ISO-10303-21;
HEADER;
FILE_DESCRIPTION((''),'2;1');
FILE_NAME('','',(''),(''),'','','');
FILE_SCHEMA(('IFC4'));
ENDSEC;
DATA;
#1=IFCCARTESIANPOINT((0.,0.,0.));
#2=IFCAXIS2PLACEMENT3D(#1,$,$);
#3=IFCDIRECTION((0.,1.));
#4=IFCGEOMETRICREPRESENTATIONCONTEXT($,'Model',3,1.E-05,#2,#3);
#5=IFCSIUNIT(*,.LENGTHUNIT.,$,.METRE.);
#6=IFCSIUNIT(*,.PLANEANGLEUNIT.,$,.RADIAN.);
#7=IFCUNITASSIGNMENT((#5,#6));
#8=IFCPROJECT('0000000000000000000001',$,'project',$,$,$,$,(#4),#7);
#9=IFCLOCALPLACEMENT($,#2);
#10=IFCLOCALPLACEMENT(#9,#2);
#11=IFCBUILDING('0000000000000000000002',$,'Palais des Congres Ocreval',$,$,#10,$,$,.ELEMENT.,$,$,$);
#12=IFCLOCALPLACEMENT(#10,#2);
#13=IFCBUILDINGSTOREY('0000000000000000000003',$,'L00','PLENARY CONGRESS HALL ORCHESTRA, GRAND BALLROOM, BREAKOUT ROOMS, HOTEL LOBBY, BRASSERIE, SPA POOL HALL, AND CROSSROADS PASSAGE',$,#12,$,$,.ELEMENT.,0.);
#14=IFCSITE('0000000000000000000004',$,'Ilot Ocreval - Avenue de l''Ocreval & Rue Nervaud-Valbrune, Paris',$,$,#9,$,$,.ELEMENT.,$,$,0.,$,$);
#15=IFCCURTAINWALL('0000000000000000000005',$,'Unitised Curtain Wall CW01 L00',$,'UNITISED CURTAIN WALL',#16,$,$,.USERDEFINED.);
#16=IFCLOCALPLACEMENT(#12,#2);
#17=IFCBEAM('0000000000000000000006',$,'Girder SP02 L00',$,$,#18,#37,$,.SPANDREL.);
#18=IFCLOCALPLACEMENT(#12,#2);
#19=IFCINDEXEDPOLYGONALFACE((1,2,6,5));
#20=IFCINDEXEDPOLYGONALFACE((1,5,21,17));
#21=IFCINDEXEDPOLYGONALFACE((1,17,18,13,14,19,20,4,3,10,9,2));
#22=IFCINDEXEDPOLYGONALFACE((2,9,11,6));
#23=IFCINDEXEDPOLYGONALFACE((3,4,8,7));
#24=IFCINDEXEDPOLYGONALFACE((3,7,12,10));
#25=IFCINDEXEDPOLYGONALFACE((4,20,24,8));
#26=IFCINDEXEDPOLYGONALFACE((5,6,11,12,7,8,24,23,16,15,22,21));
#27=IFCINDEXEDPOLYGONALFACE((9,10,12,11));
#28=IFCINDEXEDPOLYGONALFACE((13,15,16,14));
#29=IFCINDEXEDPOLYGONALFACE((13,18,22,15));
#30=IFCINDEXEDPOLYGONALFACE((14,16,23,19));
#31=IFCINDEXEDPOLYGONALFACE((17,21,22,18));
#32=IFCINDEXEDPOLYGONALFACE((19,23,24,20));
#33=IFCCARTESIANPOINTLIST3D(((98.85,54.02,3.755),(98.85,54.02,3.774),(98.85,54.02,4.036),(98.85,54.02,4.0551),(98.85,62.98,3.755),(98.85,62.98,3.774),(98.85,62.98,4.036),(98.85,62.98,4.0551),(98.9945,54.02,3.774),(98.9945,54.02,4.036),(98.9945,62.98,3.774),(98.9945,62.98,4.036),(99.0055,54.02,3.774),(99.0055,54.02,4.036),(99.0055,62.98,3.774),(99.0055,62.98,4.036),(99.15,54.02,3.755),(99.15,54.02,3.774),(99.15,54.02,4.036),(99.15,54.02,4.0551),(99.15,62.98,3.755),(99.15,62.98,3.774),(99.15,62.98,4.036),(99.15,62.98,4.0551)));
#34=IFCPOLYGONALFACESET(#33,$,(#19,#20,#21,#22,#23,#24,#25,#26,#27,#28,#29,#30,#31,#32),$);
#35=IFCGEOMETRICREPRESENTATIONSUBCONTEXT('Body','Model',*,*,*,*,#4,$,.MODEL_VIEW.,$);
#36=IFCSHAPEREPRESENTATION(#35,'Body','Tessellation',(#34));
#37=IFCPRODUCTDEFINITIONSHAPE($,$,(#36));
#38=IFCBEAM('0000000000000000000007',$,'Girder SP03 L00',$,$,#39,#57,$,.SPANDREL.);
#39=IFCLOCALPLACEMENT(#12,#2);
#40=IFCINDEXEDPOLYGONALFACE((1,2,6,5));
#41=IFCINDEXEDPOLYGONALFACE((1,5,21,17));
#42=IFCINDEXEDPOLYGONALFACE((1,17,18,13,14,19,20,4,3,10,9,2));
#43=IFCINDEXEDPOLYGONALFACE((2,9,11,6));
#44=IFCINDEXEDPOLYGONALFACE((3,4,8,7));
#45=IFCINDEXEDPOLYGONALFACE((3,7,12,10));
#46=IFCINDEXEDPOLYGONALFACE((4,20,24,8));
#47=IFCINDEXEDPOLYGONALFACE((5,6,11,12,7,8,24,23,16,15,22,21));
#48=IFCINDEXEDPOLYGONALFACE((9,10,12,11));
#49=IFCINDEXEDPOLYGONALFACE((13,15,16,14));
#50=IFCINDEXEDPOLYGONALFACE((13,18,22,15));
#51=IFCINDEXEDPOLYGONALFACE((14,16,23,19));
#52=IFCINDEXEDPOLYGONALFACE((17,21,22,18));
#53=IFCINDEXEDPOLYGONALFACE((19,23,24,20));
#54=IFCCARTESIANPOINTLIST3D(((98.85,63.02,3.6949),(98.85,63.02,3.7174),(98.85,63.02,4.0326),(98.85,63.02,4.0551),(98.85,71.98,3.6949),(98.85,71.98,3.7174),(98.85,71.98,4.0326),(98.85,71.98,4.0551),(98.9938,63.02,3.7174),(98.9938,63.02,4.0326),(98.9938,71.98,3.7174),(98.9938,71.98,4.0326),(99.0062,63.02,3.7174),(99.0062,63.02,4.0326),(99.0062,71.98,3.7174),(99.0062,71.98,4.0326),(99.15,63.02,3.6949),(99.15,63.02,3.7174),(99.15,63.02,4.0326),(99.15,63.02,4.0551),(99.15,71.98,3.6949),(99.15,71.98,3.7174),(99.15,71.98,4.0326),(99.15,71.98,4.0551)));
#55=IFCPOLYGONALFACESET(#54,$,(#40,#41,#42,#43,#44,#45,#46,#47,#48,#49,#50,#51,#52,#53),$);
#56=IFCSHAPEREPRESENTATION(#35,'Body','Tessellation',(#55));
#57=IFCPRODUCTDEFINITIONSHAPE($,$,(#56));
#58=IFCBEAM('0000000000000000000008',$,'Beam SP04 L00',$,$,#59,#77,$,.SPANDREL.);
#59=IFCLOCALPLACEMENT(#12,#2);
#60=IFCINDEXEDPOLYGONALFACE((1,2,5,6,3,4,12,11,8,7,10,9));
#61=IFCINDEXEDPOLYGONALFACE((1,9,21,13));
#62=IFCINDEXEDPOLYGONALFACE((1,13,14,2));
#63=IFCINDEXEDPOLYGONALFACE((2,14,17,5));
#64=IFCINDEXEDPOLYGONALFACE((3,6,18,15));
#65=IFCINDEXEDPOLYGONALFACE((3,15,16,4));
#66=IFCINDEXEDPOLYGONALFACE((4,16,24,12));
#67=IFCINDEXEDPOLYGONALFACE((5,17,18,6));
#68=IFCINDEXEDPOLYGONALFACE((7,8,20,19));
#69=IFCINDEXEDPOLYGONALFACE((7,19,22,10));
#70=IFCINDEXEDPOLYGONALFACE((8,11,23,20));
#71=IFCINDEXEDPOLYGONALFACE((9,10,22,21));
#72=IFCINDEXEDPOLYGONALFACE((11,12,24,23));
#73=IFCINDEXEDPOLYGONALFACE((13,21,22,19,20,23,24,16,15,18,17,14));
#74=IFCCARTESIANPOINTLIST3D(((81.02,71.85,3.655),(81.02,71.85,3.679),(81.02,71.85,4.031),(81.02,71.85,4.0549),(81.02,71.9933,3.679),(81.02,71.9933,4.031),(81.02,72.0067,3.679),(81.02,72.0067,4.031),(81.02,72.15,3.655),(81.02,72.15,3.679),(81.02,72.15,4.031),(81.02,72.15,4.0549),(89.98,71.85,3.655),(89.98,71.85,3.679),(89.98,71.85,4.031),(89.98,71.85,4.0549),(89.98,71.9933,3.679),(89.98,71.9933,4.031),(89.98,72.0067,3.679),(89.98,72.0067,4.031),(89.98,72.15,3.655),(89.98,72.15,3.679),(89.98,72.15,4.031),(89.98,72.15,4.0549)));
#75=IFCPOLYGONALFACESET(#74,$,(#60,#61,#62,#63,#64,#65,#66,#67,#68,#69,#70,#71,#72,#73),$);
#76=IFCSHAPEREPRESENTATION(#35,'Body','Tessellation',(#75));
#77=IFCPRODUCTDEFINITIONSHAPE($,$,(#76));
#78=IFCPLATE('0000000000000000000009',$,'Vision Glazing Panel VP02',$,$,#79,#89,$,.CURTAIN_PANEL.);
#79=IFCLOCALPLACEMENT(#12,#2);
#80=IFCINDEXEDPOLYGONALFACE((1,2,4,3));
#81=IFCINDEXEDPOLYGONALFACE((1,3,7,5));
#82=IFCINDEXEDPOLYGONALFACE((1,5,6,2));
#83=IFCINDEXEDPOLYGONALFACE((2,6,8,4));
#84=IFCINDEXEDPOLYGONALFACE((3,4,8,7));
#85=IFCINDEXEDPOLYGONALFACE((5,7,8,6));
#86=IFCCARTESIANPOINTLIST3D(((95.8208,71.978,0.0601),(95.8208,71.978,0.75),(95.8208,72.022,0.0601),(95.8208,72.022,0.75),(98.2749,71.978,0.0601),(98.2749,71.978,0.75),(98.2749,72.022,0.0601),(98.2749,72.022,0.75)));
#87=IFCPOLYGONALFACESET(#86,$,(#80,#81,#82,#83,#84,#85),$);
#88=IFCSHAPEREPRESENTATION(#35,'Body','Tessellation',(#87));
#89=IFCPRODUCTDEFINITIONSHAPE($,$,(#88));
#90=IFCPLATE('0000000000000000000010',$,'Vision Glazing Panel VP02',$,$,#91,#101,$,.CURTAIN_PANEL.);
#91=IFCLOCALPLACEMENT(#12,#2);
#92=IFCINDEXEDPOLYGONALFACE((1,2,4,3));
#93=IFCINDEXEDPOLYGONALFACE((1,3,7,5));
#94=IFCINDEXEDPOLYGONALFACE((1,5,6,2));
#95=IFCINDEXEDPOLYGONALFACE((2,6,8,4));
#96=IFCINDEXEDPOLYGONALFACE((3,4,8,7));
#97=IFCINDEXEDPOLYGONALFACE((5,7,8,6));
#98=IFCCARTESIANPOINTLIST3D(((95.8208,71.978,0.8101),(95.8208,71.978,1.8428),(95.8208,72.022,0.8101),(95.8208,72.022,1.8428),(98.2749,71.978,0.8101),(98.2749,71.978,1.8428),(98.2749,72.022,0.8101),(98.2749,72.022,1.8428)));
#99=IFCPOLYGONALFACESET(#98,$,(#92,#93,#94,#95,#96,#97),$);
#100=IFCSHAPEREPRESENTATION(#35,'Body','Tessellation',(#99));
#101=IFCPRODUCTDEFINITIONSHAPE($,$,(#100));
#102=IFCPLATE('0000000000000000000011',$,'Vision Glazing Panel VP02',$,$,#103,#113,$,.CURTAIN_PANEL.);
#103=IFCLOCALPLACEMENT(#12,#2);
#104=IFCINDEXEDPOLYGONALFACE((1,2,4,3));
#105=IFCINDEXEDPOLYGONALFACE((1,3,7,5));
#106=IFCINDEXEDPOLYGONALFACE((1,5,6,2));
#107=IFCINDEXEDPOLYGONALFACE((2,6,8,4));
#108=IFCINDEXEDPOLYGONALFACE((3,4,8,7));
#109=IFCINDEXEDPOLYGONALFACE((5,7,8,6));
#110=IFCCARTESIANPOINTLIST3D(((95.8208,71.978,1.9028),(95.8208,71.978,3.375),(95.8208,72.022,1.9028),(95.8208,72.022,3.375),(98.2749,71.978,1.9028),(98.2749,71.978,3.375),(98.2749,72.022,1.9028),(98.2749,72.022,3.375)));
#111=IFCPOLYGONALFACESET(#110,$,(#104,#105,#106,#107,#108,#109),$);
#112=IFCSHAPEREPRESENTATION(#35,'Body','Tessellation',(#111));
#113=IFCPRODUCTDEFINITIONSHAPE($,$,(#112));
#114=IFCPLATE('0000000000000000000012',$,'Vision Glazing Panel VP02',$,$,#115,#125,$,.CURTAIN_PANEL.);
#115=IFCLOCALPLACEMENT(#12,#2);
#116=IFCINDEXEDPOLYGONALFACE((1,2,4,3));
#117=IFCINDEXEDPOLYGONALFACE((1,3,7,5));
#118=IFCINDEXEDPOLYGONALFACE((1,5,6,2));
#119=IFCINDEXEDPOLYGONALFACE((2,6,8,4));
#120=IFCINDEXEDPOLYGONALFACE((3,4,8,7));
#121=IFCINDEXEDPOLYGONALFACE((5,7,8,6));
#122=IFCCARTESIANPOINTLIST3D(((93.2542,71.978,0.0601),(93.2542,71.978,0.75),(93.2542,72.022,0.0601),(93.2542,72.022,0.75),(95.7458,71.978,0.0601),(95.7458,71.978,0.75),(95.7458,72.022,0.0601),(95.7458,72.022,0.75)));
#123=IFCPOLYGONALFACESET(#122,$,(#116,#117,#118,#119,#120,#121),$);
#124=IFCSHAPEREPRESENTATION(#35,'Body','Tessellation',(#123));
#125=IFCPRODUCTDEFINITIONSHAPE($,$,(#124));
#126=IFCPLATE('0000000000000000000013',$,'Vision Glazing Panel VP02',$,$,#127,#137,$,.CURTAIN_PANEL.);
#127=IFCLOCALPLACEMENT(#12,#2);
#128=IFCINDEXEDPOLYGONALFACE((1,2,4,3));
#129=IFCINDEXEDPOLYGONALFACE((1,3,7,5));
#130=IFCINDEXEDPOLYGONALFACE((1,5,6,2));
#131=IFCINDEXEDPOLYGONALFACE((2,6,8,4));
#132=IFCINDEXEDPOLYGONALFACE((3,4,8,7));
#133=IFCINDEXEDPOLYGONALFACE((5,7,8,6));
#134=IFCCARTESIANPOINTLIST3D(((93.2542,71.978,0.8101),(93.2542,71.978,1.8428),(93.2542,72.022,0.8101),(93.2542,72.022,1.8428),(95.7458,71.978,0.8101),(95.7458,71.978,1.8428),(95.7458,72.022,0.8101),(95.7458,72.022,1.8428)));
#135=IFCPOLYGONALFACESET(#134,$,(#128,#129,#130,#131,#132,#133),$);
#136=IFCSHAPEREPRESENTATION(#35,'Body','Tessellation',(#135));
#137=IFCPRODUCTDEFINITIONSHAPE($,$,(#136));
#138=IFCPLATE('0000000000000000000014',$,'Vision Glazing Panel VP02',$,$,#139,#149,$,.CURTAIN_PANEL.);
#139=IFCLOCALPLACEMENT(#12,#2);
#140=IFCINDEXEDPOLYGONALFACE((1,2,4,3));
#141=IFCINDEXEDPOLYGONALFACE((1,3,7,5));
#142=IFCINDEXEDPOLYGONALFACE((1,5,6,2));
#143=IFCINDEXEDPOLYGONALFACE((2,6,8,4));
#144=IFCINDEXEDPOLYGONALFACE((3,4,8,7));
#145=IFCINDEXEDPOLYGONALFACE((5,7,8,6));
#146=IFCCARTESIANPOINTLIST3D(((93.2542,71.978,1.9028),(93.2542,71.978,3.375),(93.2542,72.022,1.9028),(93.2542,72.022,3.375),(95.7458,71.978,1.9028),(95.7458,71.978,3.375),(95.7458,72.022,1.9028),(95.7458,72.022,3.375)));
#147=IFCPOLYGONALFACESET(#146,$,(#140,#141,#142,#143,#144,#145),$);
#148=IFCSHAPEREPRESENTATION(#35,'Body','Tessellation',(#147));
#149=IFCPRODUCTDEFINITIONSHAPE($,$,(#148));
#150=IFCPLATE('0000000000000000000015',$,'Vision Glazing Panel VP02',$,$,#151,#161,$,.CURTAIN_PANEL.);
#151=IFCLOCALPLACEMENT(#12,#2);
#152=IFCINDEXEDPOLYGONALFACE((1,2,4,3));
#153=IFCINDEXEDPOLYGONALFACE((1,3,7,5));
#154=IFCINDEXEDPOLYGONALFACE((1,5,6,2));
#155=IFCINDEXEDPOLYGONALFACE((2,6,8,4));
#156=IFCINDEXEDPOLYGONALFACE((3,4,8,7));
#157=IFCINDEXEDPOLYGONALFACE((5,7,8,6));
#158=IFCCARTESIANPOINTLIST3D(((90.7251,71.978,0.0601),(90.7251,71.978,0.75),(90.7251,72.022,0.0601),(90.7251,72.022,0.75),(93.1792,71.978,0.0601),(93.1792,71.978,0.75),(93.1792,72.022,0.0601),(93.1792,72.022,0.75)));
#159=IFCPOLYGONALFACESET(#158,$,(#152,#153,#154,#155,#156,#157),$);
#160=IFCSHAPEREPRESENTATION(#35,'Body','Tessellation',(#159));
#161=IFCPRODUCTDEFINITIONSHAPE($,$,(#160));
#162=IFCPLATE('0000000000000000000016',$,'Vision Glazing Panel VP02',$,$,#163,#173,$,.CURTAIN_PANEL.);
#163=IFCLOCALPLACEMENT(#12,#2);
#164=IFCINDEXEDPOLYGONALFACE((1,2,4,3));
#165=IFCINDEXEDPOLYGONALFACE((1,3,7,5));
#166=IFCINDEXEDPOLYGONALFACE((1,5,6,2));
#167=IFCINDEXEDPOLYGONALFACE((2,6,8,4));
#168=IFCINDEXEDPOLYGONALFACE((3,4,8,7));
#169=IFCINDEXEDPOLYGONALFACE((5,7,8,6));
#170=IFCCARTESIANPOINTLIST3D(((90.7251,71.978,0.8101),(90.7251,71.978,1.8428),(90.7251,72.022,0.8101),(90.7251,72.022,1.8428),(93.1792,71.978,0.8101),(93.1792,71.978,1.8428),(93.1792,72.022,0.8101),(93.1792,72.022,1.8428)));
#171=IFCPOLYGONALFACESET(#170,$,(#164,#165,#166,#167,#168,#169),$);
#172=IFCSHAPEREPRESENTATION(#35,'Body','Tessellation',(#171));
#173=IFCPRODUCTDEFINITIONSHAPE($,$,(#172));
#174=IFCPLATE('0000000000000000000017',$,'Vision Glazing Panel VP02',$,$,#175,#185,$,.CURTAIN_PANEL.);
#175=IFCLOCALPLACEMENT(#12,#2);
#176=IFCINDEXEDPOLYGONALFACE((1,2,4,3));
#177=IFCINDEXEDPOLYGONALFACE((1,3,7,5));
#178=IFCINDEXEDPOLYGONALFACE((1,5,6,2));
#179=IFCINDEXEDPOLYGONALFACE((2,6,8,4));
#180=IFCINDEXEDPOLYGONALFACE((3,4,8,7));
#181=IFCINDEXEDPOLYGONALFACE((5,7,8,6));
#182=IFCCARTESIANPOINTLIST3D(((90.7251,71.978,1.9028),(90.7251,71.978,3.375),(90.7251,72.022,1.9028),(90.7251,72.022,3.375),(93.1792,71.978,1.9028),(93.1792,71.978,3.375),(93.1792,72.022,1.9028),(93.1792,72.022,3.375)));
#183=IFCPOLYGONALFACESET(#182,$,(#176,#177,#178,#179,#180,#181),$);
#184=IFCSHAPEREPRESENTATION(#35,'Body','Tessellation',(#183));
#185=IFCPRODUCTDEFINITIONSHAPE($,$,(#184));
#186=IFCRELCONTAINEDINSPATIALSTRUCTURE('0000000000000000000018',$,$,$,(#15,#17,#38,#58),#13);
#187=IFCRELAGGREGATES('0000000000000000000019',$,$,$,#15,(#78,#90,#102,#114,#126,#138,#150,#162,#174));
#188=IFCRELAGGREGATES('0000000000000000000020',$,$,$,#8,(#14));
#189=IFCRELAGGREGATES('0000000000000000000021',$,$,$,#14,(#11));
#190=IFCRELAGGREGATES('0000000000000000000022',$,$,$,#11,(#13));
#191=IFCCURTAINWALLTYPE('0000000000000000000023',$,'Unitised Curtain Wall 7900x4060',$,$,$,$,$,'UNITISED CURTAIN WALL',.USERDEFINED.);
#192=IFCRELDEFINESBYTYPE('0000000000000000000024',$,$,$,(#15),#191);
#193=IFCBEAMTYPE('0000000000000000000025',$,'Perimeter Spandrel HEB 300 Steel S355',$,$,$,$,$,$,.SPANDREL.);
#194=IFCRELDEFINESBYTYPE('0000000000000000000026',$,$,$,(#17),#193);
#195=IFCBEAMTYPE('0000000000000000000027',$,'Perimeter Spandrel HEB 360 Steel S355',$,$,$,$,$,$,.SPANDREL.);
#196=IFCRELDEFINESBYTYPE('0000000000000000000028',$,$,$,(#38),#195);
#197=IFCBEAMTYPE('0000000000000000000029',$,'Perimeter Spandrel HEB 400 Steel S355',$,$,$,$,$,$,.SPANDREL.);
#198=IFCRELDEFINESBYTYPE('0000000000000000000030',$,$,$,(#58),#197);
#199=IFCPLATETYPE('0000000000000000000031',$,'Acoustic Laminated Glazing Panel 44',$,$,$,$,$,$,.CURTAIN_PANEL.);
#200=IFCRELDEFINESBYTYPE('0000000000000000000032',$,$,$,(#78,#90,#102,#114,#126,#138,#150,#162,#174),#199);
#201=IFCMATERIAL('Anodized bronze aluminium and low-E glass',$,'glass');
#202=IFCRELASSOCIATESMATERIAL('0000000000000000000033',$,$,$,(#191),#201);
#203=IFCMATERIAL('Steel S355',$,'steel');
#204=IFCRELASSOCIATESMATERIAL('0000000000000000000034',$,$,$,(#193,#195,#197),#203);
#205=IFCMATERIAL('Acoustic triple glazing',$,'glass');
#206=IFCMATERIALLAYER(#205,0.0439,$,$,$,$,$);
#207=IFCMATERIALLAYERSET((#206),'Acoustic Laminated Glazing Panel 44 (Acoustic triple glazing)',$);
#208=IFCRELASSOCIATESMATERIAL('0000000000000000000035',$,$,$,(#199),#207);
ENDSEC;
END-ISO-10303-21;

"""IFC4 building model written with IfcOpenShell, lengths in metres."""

from ifc_helpers import new_model, si_unit, direction, frame, origin, origin_2d, place, context, subcontext, project, spatial, rectangle, i_section, extrude, material, layer, layer_set, material_profile, profile_set, type_object, element, aggregate, save


model = new_model("IFC4")

# Units and contexts
model_context = context("Model", 3, precision=1e-05, world=origin(), true_north=direction((0.0, 1.0)))
body_context = subcontext(model_context, "Body", "Model", "MODEL_VIEW")
ifc_project = project(units=[si_unit("LENGTHUNIT", "METRE"), si_unit("PLANEANGLEUNIT", "RADIAN")], contexts=[model_context])

# Site, building, storey
site_placement = place(None, origin())
site = spatial("IfcSite", under=ifc_project, at=site_placement, Name="Ilot Ocreval - Avenue de l'Ocreval & Rue Nervaud-Valbrune, Paris", CompositionType="ELEMENT", RefElevation=0.0)
building_placement = place(site_placement, origin())
building = spatial("IfcBuilding", under=site, at=building_placement, Name="Palais des Congres Ocreval", CompositionType="ELEMENT")
storey_placement = place(building_placement, origin())
storey = spatial("IfcBuildingStorey", under=building, at=storey_placement, Name="L00", Description="PLENARY CONGRESS HALL ORCHESTRA, GRAND BALLROOM, BREAKOUT ROOMS, HOTEL LOBBY, BRASSERIE, SPA POOL HALL, AND CROSSROADS PASSAGE", CompositionType="ELEMENT", Elevation=0.0)

# Shared definitions
ifc_material_1 = material(Name="Steel S355", Category="steel")

# Curtain wall
ifc_material_2 = material(Name="Anodized bronze aluminium and low-E glass", Category="glass")
curtain_wall_type = type_object("IfcCurtainWallType", Name="Unitised Curtain Wall 7900x4060", ElementType="UNITISED CURTAIN WALL", PredefinedType="USERDEFINED", material=ifc_material_2)
curtain_wall_placement = place(storey_placement, origin())
curtain_wall = element("IfcCurtainWall", 1, at=curtain_wall_placement, inside=storey, type_object=curtain_wall_type, Name="Unitised Curtain Wall CW01 L00", ObjectType="UNITISED CURTAIN WALL", PredefinedType="USERDEFINED")

# Beams
ifc_material_profile_1 = material_profile(ifc_material_1, i_section(OverallWidth=0.3, OverallDepth=0.3, WebThickness=0.011, FlangeThickness=0.019, at=origin_2d()), Name="HEB 300")
ifc_profile_set_1 = profile_set([ifc_material_profile_1], Name="Steel S355")
beam_type_1 = type_object("IfcBeamType", Name="Perimeter Spandrel HEB 300 Steel S355", PredefinedType="SPANDREL", material=ifc_profile_set_1)
beam_1_placement = place(storey_placement, frame((99.0, 54.02, 3.905), z_axis=(0.0, 1.0, 0.0), x_axis=(-1.0, 0.0, 0.0)))
element("IfcBeam", 2, at=beam_1_placement, inside=storey, type_object=beam_type_1, Name="Girder SP02 L00", PredefinedType="SPANDREL", context=body_context, shape_type="SweptSolid", body=[
    extrude(i_section(OverallWidth=0.3, OverallDepth=0.3, WebThickness=0.011, FlangeThickness=0.019, at=origin_2d()), origin(), (0.0, 0.0, 1.0), 8.96),
])
ifc_material_profile_2 = material_profile(ifc_material_1, i_section(OverallWidth=0.3, OverallDepth=0.3601, WebThickness=0.0125, FlangeThickness=0.0225, at=origin_2d()), Name="HEB 360")
ifc_profile_set_2 = profile_set([ifc_material_profile_2], Name="Steel S355")
beam_type_2 = type_object("IfcBeamType", Name="Perimeter Spandrel HEB 360 Steel S355", PredefinedType="SPANDREL", material=ifc_profile_set_2)
beam_2_placement = place(storey_placement, frame((99.0, 63.02, 3.875), z_axis=(0.0, 1.0, 0.0), x_axis=(-1.0, 0.0, 0.0)))
element("IfcBeam", 3, at=beam_2_placement, inside=storey, type_object=beam_type_2, Name="Girder SP03 L00", PredefinedType="SPANDREL", context=body_context, shape_type="SweptSolid", body=[
    extrude(i_section(OverallWidth=0.3, OverallDepth=0.3601, WebThickness=0.0125, FlangeThickness=0.0225, at=origin_2d()), origin(), (0.0, 0.0, 1.0), 8.96),
])
ifc_material_profile_3 = material_profile(ifc_material_1, i_section(OverallWidth=0.3, OverallDepth=0.3999, WebThickness=0.0134, FlangeThickness=0.0239, at=origin_2d()), Name="HEB 400")
ifc_profile_set_3 = profile_set([ifc_material_profile_3], Name="Steel S355")
beam_type_3 = type_object("IfcBeamType", Name="Perimeter Spandrel HEB 400 Steel S355", PredefinedType="SPANDREL", material=ifc_profile_set_3)
beam_3_placement = place(storey_placement, frame((81.02, 72.0, 3.855), z_axis=(1.0, 0.0, 0.0), x_axis=(0.0, 1.0, 0.0)))
element("IfcBeam", 4, at=beam_3_placement, inside=storey, type_object=beam_type_3, Name="Beam SP04 L00", PredefinedType="SPANDREL", context=body_context, shape_type="SweptSolid", body=[
    extrude(i_section(OverallWidth=0.3, OverallDepth=0.3999, WebThickness=0.0134, FlangeThickness=0.0239, at=origin_2d()), origin(), (0.0, 0.0, 1.0), 8.96),
])

# Plates
ifc_material_3 = material(Name="Acoustic triple glazing", Category="glass")
ifc_layer_1 = layer(ifc_material_3, 0.0439)
ifc_layer_set_1 = layer_set([ifc_layer_1], Name="Acoustic Laminated Glazing Panel 44 (Acoustic triple glazing)")
plate_type_1 = type_object("IfcPlateType", Name="Acoustic Laminated Glazing Panel 44", PredefinedType="CURTAIN_PANEL", material=ifc_layer_set_1)
plate_1_placement = place(storey_placement, frame((97.0479, 72.0, 0.0601), z_axis=(0.0, 0.0, 1.0), x_axis=(-1.0, 0.0, 0.0)))
plate_1 = element("IfcPlate", 5, at=plate_1_placement, type_object=plate_type_1, Name="Vision Glazing Panel VP02", PredefinedType="CURTAIN_PANEL", context=body_context, shape_type="SweptSolid", body=[
    extrude(rectangle(XDim=2.4541, YDim=0.0439, at=origin_2d()), origin(), (0.0, 0.0, 1.0), 0.6899),
])
plate_2_placement = place(storey_placement, frame((97.0479, 72.0, 0.8101), z_axis=(0.0, 0.0, 1.0), x_axis=(-1.0, 0.0, 0.0)))
plate_2 = element("IfcPlate", 6, at=plate_2_placement, type_object=plate_type_1, Name="Vision Glazing Panel VP02", PredefinedType="CURTAIN_PANEL", context=body_context, shape_type="SweptSolid", body=[
    extrude(rectangle(XDim=2.4541, YDim=0.0439, at=origin_2d()), origin(), (0.0, 0.0, 1.0), 1.0327),
])
plate_3_placement = place(storey_placement, frame((97.0479, 72.0, 1.9028), z_axis=(0.0, 0.0, 1.0), x_axis=(-1.0, 0.0, 0.0)))
plate_3 = element("IfcPlate", 7, at=plate_3_placement, type_object=plate_type_1, Name="Vision Glazing Panel VP02", PredefinedType="CURTAIN_PANEL", context=body_context, shape_type="SweptSolid", body=[
    extrude(rectangle(XDim=2.4541, YDim=0.0439, at=origin_2d()), origin(), (0.0, 0.0, 1.0), 1.4722),
])
plate_4_placement = place(storey_placement, frame((94.5, 72.0, 0.0601), z_axis=(0.0, 0.0, 1.0), x_axis=(-1.0, 0.0, 0.0)))
plate_4 = element("IfcPlate", 8, at=plate_4_placement, type_object=plate_type_1, Name="Vision Glazing Panel VP02", PredefinedType="CURTAIN_PANEL", context=body_context, shape_type="SweptSolid", body=[
    extrude(rectangle(XDim=2.4917, YDim=0.0439, at=origin_2d()), origin(), (0.0, 0.0, 1.0), 0.6899),
])
plate_5_placement = place(storey_placement, frame((94.5, 72.0, 0.8101), z_axis=(0.0, 0.0, 1.0), x_axis=(-1.0, 0.0, 0.0)))
plate_5 = element("IfcPlate", 9, at=plate_5_placement, type_object=plate_type_1, Name="Vision Glazing Panel VP02", PredefinedType="CURTAIN_PANEL", context=body_context, shape_type="SweptSolid", body=[
    extrude(rectangle(XDim=2.4917, YDim=0.0439, at=origin_2d()), origin(), (0.0, 0.0, 1.0), 1.0327),
])
plate_6_placement = place(storey_placement, frame((94.5, 72.0, 1.9028), z_axis=(0.0, 0.0, 1.0), x_axis=(-1.0, 0.0, 0.0)))
plate_6 = element("IfcPlate", 10, at=plate_6_placement, type_object=plate_type_1, Name="Vision Glazing Panel VP02", PredefinedType="CURTAIN_PANEL", context=body_context, shape_type="SweptSolid", body=[
    extrude(rectangle(XDim=2.4917, YDim=0.0439, at=origin_2d()), origin(), (0.0, 0.0, 1.0), 1.4722),
])
plate_7_placement = place(storey_placement, frame((91.9521, 72.0, 0.0601), z_axis=(0.0, 0.0, 1.0), x_axis=(-1.0, 0.0, 0.0)))
plate_7 = element("IfcPlate", 11, at=plate_7_placement, type_object=plate_type_1, Name="Vision Glazing Panel VP02", PredefinedType="CURTAIN_PANEL", context=body_context, shape_type="SweptSolid", body=[
    extrude(rectangle(XDim=2.4541, YDim=0.0439, at=origin_2d()), origin(), (0.0, 0.0, 1.0), 0.6899),
])
plate_8_placement = place(storey_placement, frame((91.9521, 72.0, 0.8101), z_axis=(0.0, 0.0, 1.0), x_axis=(-1.0, 0.0, 0.0)))
plate_8 = element("IfcPlate", 12, at=plate_8_placement, type_object=plate_type_1, Name="Vision Glazing Panel VP02", PredefinedType="CURTAIN_PANEL", context=body_context, shape_type="SweptSolid", body=[
    extrude(rectangle(XDim=2.4541, YDim=0.0439, at=origin_2d()), origin(), (0.0, 0.0, 1.0), 1.0327),
])
plate_9_placement = place(storey_placement, frame((91.9521, 72.0, 1.9028), z_axis=(0.0, 0.0, 1.0), x_axis=(-1.0, 0.0, 0.0)))
plate_9 = element("IfcPlate", 13, at=plate_9_placement, type_object=plate_type_1, Name="Vision Glazing Panel VP02", PredefinedType="CURTAIN_PANEL", context=body_context, shape_type="SweptSolid", body=[
    extrude(rectangle(XDim=2.4541, YDim=0.0439, at=origin_2d()), origin(), (0.0, 0.0, 1.0), 1.4722),
])
aggregate(curtain_wall, [plate_1, plate_2, plate_3, plate_4, plate_5, plate_6, plate_7, plate_8, plate_9])

save(model, "model.ifc")
